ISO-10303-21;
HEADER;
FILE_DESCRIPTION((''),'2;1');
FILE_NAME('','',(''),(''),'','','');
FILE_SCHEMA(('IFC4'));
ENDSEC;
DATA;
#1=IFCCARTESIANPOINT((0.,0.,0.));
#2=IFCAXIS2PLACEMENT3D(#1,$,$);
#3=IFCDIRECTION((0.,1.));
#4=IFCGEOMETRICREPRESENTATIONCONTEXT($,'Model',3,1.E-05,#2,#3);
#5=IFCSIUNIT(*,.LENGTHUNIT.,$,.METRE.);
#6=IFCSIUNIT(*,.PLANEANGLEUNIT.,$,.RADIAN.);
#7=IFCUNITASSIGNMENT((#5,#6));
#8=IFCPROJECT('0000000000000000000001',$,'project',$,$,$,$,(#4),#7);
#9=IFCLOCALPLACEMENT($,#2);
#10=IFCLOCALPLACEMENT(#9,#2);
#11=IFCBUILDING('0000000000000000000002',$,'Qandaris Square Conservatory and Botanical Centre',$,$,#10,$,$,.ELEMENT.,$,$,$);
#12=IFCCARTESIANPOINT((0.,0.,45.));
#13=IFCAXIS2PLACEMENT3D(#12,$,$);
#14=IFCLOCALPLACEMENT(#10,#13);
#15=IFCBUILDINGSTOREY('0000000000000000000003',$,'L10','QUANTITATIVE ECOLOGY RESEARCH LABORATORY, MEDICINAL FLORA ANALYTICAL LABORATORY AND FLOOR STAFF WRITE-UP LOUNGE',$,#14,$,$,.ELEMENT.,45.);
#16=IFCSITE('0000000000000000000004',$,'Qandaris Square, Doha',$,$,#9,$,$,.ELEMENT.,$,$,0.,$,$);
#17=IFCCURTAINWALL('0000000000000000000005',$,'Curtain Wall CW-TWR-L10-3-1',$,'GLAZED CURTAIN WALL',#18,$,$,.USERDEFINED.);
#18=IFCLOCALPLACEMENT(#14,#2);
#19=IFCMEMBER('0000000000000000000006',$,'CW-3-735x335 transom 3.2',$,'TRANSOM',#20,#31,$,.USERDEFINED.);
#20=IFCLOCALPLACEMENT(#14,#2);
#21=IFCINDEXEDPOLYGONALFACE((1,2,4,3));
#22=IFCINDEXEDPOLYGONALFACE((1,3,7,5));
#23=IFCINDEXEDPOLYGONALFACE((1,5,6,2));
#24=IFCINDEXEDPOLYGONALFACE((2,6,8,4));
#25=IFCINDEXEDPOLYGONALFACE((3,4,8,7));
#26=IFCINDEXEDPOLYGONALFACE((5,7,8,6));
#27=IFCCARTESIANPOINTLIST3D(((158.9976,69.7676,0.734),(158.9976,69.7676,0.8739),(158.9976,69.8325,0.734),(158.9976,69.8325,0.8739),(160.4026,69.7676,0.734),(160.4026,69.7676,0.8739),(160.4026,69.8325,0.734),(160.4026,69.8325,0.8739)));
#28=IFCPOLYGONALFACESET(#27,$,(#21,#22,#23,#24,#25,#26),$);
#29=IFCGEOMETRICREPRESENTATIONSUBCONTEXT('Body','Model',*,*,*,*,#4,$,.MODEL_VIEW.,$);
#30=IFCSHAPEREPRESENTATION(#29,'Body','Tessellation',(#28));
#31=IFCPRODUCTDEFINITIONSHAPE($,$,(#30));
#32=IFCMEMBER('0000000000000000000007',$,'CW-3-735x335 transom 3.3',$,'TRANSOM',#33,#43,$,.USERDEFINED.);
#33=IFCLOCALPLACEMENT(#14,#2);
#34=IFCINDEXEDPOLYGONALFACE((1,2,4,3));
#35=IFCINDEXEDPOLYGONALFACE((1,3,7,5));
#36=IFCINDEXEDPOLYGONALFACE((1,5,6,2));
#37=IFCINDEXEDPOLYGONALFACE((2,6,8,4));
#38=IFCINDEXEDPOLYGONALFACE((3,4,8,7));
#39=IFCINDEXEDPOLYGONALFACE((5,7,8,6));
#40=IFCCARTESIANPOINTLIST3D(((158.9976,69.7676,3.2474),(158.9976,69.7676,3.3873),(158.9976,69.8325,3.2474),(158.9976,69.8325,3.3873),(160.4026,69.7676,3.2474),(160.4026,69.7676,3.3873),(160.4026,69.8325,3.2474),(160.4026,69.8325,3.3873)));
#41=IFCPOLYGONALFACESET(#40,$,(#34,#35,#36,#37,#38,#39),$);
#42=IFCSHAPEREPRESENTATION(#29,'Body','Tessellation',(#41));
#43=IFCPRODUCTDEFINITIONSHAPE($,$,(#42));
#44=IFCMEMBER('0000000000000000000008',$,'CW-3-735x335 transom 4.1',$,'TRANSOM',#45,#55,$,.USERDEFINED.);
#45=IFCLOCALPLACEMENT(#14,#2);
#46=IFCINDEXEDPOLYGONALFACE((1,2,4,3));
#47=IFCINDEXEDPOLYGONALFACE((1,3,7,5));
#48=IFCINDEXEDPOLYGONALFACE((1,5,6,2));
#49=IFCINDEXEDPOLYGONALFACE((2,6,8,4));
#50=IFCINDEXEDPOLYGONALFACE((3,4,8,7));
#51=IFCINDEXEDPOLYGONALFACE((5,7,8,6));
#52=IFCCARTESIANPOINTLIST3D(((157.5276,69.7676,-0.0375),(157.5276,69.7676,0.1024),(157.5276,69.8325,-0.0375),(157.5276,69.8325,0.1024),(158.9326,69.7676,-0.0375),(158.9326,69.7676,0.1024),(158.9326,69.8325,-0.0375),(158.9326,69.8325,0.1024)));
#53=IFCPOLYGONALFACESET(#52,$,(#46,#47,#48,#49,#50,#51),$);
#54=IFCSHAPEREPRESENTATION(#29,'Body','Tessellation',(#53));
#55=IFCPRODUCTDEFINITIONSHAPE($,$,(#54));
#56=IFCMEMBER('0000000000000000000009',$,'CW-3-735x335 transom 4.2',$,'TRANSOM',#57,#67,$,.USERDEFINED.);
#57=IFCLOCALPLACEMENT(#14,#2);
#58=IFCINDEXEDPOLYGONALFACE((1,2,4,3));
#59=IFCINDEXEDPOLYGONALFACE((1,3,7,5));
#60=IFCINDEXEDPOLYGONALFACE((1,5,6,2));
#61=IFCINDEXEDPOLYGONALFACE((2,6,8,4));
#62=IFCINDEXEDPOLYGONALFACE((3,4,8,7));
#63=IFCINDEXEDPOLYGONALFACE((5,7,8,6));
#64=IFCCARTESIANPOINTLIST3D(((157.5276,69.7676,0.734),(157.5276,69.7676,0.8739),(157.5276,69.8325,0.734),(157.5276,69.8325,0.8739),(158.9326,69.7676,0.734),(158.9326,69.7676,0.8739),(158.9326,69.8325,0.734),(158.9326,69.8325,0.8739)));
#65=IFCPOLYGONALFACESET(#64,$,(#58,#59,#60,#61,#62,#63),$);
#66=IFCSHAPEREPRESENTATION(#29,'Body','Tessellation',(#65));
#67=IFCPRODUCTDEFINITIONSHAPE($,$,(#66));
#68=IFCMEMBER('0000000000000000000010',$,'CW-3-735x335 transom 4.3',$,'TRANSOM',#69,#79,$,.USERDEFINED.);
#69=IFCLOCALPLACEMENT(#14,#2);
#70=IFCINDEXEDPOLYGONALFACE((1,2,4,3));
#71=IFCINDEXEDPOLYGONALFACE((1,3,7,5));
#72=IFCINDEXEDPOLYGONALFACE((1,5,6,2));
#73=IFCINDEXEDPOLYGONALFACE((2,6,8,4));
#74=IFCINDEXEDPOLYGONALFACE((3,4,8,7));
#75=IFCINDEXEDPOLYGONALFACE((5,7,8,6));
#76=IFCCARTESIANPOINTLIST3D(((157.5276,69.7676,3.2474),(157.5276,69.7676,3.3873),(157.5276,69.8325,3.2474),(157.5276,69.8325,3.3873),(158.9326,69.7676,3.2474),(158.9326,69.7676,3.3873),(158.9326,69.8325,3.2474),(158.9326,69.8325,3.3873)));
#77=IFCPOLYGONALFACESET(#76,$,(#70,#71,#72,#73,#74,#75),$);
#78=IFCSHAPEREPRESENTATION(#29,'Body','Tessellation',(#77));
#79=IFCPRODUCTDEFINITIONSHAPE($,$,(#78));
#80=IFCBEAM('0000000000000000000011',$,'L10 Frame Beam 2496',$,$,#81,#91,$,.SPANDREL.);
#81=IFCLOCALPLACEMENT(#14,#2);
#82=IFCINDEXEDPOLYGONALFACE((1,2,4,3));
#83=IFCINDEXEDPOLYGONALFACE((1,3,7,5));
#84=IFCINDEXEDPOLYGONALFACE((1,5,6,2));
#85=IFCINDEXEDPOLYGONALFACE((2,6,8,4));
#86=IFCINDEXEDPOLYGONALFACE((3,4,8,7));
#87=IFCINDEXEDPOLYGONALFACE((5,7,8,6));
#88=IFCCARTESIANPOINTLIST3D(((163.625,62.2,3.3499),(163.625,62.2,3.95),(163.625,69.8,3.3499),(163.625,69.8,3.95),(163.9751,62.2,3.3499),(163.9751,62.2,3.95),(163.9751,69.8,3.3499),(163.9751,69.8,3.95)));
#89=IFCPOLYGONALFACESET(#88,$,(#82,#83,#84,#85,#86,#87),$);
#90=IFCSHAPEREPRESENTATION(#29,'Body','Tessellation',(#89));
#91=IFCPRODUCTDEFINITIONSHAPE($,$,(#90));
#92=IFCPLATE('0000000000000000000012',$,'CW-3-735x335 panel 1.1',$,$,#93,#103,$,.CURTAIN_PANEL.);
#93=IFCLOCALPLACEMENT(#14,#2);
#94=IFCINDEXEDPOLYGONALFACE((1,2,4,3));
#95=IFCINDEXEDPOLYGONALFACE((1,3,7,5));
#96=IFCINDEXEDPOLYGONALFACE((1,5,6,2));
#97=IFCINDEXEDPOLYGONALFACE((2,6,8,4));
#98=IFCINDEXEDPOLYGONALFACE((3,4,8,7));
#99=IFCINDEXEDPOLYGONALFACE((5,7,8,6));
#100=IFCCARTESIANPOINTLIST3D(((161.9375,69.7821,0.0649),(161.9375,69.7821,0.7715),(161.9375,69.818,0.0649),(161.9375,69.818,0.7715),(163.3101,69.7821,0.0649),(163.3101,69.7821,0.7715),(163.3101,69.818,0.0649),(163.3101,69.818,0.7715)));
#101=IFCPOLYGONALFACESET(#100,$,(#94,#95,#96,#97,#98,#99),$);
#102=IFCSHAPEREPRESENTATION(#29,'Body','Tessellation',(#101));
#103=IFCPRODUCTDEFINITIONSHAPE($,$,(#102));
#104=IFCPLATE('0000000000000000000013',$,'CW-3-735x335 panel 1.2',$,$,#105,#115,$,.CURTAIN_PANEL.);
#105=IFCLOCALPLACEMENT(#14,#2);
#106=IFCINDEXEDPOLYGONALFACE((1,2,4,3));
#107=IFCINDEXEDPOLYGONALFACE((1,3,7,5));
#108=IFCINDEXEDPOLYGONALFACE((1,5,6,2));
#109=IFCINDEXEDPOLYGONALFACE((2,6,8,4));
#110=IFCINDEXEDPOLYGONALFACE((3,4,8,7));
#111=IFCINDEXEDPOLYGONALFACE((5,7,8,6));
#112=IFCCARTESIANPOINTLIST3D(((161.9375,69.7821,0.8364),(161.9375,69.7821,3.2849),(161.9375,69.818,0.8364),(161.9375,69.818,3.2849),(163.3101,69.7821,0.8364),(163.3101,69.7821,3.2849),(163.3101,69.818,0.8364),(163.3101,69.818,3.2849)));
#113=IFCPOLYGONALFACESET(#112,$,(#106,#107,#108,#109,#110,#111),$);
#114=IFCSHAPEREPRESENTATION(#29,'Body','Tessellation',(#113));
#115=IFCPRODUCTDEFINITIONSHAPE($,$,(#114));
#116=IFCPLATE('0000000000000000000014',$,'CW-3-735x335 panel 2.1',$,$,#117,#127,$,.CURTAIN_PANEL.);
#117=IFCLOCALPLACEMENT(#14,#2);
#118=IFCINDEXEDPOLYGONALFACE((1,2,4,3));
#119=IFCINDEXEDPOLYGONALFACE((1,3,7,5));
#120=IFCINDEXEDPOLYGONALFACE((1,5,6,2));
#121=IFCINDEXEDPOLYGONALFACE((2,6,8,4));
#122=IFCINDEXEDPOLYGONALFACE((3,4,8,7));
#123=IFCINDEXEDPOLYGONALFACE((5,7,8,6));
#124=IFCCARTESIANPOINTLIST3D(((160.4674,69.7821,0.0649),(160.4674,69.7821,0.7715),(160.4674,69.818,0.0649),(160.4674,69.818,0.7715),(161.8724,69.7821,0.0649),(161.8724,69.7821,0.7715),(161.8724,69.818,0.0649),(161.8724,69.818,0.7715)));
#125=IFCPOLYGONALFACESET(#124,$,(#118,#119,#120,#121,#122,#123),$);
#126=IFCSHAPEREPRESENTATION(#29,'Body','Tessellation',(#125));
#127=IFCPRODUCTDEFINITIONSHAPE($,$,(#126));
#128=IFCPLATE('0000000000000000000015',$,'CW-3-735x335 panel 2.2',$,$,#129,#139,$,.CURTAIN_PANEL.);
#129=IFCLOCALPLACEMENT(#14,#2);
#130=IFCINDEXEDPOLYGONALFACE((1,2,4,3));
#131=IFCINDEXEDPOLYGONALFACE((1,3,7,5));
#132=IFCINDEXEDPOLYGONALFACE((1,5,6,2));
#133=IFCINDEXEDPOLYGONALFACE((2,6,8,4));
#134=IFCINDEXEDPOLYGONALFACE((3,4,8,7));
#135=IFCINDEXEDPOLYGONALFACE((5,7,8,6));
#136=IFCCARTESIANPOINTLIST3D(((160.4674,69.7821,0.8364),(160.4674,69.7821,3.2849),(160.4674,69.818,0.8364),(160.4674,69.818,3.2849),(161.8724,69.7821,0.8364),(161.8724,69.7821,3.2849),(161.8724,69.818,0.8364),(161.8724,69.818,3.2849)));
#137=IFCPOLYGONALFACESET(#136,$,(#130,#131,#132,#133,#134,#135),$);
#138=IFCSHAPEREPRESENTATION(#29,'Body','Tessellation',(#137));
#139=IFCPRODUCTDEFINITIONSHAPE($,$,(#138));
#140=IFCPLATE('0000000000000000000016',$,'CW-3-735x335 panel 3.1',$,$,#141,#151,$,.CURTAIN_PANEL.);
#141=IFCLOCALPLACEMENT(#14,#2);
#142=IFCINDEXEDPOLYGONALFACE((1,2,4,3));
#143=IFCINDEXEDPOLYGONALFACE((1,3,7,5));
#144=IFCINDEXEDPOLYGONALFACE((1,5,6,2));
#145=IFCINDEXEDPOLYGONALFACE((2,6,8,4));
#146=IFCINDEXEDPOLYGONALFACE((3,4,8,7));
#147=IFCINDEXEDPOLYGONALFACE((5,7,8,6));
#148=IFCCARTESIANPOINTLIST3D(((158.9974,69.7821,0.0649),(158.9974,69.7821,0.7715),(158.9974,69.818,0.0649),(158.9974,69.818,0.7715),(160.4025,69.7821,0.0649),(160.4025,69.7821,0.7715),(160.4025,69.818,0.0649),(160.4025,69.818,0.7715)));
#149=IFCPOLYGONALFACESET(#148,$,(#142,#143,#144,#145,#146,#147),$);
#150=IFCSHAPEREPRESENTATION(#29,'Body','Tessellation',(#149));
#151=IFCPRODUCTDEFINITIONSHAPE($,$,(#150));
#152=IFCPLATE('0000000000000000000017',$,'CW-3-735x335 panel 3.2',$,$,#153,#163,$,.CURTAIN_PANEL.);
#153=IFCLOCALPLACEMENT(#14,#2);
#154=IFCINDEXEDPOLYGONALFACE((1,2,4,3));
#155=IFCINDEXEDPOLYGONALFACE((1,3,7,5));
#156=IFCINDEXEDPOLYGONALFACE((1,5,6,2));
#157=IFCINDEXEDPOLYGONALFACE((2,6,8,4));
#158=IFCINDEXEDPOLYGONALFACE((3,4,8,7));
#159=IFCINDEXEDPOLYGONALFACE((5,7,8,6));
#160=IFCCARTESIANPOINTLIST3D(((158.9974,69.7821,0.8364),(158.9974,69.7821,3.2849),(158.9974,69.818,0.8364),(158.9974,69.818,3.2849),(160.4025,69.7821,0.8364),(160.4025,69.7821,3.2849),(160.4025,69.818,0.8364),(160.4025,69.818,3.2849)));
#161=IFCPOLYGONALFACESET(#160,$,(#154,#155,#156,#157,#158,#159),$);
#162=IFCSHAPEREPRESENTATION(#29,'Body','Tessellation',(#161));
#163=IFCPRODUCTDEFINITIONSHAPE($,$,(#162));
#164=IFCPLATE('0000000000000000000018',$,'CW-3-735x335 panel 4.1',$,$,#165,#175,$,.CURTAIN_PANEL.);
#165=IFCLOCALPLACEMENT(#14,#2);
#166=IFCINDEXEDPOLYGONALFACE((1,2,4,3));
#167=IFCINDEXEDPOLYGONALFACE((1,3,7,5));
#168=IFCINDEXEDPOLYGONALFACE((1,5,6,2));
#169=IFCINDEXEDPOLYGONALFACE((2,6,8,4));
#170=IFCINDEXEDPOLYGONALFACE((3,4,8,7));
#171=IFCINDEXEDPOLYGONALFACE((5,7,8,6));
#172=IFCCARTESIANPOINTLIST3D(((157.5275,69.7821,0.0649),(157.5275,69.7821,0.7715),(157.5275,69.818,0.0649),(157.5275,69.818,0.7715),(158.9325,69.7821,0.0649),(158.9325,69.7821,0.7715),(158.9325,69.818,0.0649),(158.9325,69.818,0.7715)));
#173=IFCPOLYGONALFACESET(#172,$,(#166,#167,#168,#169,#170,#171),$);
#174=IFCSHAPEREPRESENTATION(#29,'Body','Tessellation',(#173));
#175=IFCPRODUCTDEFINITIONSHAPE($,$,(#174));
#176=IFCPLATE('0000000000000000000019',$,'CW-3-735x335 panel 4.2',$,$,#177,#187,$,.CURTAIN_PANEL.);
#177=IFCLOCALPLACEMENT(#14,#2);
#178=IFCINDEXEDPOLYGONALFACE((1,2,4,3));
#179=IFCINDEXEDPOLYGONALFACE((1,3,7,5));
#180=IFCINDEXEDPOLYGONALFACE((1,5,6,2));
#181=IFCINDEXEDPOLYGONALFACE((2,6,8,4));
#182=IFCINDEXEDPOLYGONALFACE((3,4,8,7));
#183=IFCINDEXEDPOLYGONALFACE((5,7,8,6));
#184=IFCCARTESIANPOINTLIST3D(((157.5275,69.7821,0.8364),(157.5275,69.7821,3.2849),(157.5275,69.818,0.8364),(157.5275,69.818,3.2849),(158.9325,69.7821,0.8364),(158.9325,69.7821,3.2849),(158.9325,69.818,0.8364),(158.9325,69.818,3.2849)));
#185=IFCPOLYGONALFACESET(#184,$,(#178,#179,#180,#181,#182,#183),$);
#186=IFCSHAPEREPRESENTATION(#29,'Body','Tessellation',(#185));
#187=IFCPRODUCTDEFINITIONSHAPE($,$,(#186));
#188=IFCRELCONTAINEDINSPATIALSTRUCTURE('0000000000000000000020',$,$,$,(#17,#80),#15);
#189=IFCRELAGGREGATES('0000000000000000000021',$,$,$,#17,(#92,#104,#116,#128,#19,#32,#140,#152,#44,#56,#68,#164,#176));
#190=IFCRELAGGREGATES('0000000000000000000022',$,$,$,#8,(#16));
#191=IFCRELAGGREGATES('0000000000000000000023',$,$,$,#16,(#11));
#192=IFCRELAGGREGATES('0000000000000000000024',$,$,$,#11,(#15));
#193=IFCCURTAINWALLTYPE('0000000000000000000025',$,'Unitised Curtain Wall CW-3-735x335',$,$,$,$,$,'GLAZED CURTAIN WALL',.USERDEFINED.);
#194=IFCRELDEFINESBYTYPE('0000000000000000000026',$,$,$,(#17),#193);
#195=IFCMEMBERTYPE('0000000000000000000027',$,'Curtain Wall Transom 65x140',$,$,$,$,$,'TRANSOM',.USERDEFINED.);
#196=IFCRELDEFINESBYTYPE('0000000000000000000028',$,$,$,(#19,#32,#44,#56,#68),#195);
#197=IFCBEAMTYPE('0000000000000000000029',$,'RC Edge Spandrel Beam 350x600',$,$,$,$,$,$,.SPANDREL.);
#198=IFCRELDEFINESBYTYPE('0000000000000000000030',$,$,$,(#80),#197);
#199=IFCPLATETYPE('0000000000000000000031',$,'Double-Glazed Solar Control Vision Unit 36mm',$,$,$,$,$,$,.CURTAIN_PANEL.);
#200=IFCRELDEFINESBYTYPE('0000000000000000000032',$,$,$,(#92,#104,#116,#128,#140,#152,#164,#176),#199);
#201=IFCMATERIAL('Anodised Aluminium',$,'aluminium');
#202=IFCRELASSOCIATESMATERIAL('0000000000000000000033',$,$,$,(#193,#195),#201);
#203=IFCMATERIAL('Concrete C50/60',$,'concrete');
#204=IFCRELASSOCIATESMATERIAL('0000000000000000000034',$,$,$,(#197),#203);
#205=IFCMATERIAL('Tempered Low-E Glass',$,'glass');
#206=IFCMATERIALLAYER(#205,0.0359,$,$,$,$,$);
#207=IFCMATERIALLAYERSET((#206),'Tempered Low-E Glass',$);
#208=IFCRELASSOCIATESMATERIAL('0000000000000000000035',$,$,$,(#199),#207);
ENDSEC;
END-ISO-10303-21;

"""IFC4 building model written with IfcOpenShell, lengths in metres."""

from ifc_helpers import new_model, si_unit, direction, frame, origin, origin_2d, place, context, subcontext, project, spatial, rectangle, extrude, material, layer, layer_set, material_profile, profile_set, type_object, element, aggregate, save


model = new_model("IFC4")

# Units and contexts
model_context = context("Model", 3, precision=1e-05, world=origin(), true_north=direction((0.0, 1.0)))
body_context = subcontext(model_context, "Body", "Model", "MODEL_VIEW")
ifc_project = project(units=[si_unit("LENGTHUNIT", "METRE"), si_unit("PLANEANGLEUNIT", "RADIAN")], contexts=[model_context])

# Site, building, storey
site_placement = place(None, origin())
site = spatial("IfcSite", under=ifc_project, at=site_placement, Name="Qandaris Square, Doha", CompositionType="ELEMENT", RefElevation=0.0)
building_placement = place(site_placement, origin())
building = spatial("IfcBuilding", under=site, at=building_placement, Name="Qandaris Square Conservatory and Botanical Centre", CompositionType="ELEMENT")
storey_placement = place(building_placement, frame((0.0, 0.0, 45.0)))
storey = spatial("IfcBuildingStorey", under=building, at=storey_placement, Name="L10", Description="QUANTITATIVE ECOLOGY RESEARCH LABORATORY, MEDICINAL FLORA ANALYTICAL LABORATORY AND FLOOR STAFF WRITE-UP LOUNGE", CompositionType="ELEMENT", Elevation=45.0)

# Shared definitions
ifc_material_1 = material(Name="Concrete C50/60", Category="concrete")

# Curtain wall, members
ifc_material_2 = material(Name="Anodised Aluminium", Category="aluminium")
curtain_wall_type = type_object("IfcCurtainWallType", Name="Unitised Curtain Wall CW-3-735x335", ElementType="GLAZED CURTAIN WALL", PredefinedType="USERDEFINED", material=ifc_material_2)
curtain_wall_placement = place(storey_placement, origin())
curtain_wall = element("IfcCurtainWall", 1, at=curtain_wall_placement, inside=storey, type_object=curtain_wall_type, Name="Curtain Wall CW-TWR-L10-3-1", ObjectType="GLAZED CURTAIN WALL", PredefinedType="USERDEFINED")
ifc_material_profile_1 = material_profile(ifc_material_2, rectangle(XDim=0.0649, YDim=0.1399, at=origin_2d()), Name="ALU-TRN 65x140")
ifc_profile_set_1 = profile_set([ifc_material_profile_1], Name="Anodised Aluminium")
member_type_1 = type_object("IfcMemberType", Name="Curtain Wall Transom 65x140", ElementType="TRANSOM", PredefinedType="USERDEFINED", material=ifc_profile_set_1)
member_1_placement = place(storey_placement, frame((160.4026, 69.8, 0.804), z_axis=(-1.0, 0.0, 0.0), x_axis=(0.0, -1.0, 0.0)))
member_1 = element("IfcMember", 2, at=member_1_placement, type_object=member_type_1, Name="CW-3-735x335 transom 3.2", ObjectType="TRANSOM", PredefinedType="USERDEFINED", context=body_context, shape_type="SweptSolid", body=[
    extrude(rectangle(XDim=0.0649, YDim=0.1399, at=origin_2d()), origin(), (0.0, 0.0, 1.0), 1.405),
])
member_2_placement = place(storey_placement, frame((160.4026, 69.8, 3.3174), z_axis=(-1.0, 0.0, 0.0), x_axis=(0.0, -1.0, 0.0)))
member_2 = element("IfcMember", 3, at=member_2_placement, type_object=member_type_1, Name="CW-3-735x335 transom 3.3", ObjectType="TRANSOM", PredefinedType="USERDEFINED", context=body_context, shape_type="SweptSolid", body=[
    extrude(rectangle(XDim=0.0649, YDim=0.1399, at=origin_2d()), origin(), (0.0, 0.0, 1.0), 1.405),
])
member_3_placement = place(storey_placement, frame((158.9326, 69.8, 0.0325), z_axis=(-1.0, 0.0, 0.0), x_axis=(0.0, -1.0, 0.0)))
member_3 = element("IfcMember", 4, at=member_3_placement, type_object=member_type_1, Name="CW-3-735x335 transom 4.1", ObjectType="TRANSOM", PredefinedType="USERDEFINED", context=body_context, shape_type="SweptSolid", body=[
    extrude(rectangle(XDim=0.0649, YDim=0.1399, at=origin_2d()), origin(), (0.0, 0.0, 1.0), 1.405),
])
member_4_placement = place(storey_placement, frame((158.9326, 69.8, 0.804), z_axis=(-1.0, 0.0, 0.0), x_axis=(0.0, -1.0, 0.0)))
member_4 = element("IfcMember", 5, at=member_4_placement, type_object=member_type_1, Name="CW-3-735x335 transom 4.2", ObjectType="TRANSOM", PredefinedType="USERDEFINED", context=body_context, shape_type="SweptSolid", body=[
    extrude(rectangle(XDim=0.0649, YDim=0.1399, at=origin_2d()), origin(), (0.0, 0.0, 1.0), 1.405),
])
member_5_placement = place(storey_placement, frame((158.9326, 69.8, 3.3174), z_axis=(-1.0, 0.0, 0.0), x_axis=(0.0, -1.0, 0.0)))
member_5 = element("IfcMember", 6, at=member_5_placement, type_object=member_type_1, Name="CW-3-735x335 transom 4.3", ObjectType="TRANSOM", PredefinedType="USERDEFINED", context=body_context, shape_type="SweptSolid", body=[
    extrude(rectangle(XDim=0.0649, YDim=0.1399, at=origin_2d()), origin(), (0.0, 0.0, 1.0), 1.405),
])

# Beam
ifc_material_profile_2 = material_profile(ifc_material_1, rectangle(XDim=0.3501, YDim=0.6001, at=origin_2d()), Name="RC-SP 350x600")
ifc_profile_set_2 = profile_set([ifc_material_profile_2], Name="Concrete C50/60")
beam_type = type_object("IfcBeamType", Name="RC Edge Spandrel Beam 350x600", PredefinedType="SPANDREL", material=ifc_profile_set_2)
beam_placement = place(storey_placement, frame((163.8, 62.2, 3.6499), z_axis=(0.0, 1.0, 0.0), x_axis=(-1.0, 0.0, 0.0)))
element("IfcBeam", 7, at=beam_placement, inside=storey, type_object=beam_type, Name="L10 Frame Beam 2496", PredefinedType="SPANDREL", context=body_context, shape_type="SweptSolid", body=[
    extrude(rectangle(XDim=0.3501, YDim=0.6001, at=origin_2d()), origin(), (0.0, 0.0, 1.0), 7.6001),
])

# Plates
ifc_material_3 = material(Name="Tempered Low-E Glass", Category="glass")
ifc_layer_1 = layer(ifc_material_3, 0.0359)
ifc_layer_set_1 = layer_set([ifc_layer_1], Name="Tempered Low-E Glass")
plate_type = type_object("IfcPlateType", Name="Double-Glazed Solar Control Vision Unit 36mm", PredefinedType="CURTAIN_PANEL", material=ifc_layer_set_1)
plate_1_placement = place(storey_placement, frame((162.6238, 69.8, 0.0649), z_axis=(0.0, 0.0, 1.0), x_axis=(-1.0, 0.0, 0.0)))
plate_1 = element("IfcPlate", 8, at=plate_1_placement, type_object=plate_type, Name="CW-3-735x335 panel 1.1", PredefinedType="CURTAIN_PANEL", context=body_context, shape_type="SweptSolid", body=[
    extrude(rectangle(XDim=1.3726, YDim=0.0359, at=origin_2d()), origin(), (0.0, 0.0, 1.0), 0.7065),
])
plate_2_placement = place(storey_placement, frame((162.6238, 69.8, 0.8364), z_axis=(0.0, 0.0, 1.0), x_axis=(-1.0, 0.0, 0.0)))
plate_2 = element("IfcPlate", 9, at=plate_2_placement, type_object=plate_type, Name="CW-3-735x335 panel 1.2", PredefinedType="CURTAIN_PANEL", context=body_context, shape_type="SweptSolid", body=[
    extrude(rectangle(XDim=1.3726, YDim=0.0359, at=origin_2d()), origin(), (0.0, 0.0, 1.0), 2.4485),
])
plate_3_placement = place(storey_placement, frame((161.1699, 69.8, 0.0649), z_axis=(0.0, 0.0, 1.0), x_axis=(-1.0, 0.0, 0.0)))
plate_3 = element("IfcPlate", 10, at=plate_3_placement, type_object=plate_type, Name="CW-3-735x335 panel 2.1", PredefinedType="CURTAIN_PANEL", context=body_context, shape_type="SweptSolid", body=[
    extrude(rectangle(XDim=1.405, YDim=0.0359, at=origin_2d()), origin(), (0.0, 0.0, 1.0), 0.7065),
])
plate_4_placement = place(storey_placement, frame((161.1699, 69.8, 0.8364), z_axis=(0.0, 0.0, 1.0), x_axis=(-1.0, 0.0, 0.0)))
plate_4 = element("IfcPlate", 11, at=plate_4_placement, type_object=plate_type, Name="CW-3-735x335 panel 2.2", PredefinedType="CURTAIN_PANEL", context=body_context, shape_type="SweptSolid", body=[
    extrude(rectangle(XDim=1.405, YDim=0.0359, at=origin_2d()), origin(), (0.0, 0.0, 1.0), 2.4485),
])
plate_5_placement = place(storey_placement, frame((159.7, 69.8, 0.0649), z_axis=(0.0, 0.0, 1.0), x_axis=(-1.0, 0.0, 0.0)))
plate_5 = element("IfcPlate", 12, at=plate_5_placement, type_object=plate_type, Name="CW-3-735x335 panel 3.1", PredefinedType="CURTAIN_PANEL", context=body_context, shape_type="SweptSolid", body=[
    extrude(rectangle(XDim=1.405, YDim=0.0359, at=origin_2d()), origin(), (0.0, 0.0, 1.0), 0.7065),
])
plate_6_placement = place(storey_placement, frame((159.7, 69.8, 0.8364), z_axis=(0.0, 0.0, 1.0), x_axis=(-1.0, 0.0, 0.0)))
plate_6 = element("IfcPlate", 13, at=plate_6_placement, type_object=plate_type, Name="CW-3-735x335 panel 3.2", PredefinedType="CURTAIN_PANEL", context=body_context, shape_type="SweptSolid", body=[
    extrude(rectangle(XDim=1.405, YDim=0.0359, at=origin_2d()), origin(), (0.0, 0.0, 1.0), 2.4485),
])
plate_7_placement = place(storey_placement, frame((158.23, 69.8, 0.0649), z_axis=(0.0, 0.0, 1.0), x_axis=(-1.0, 0.0, 0.0)))
plate_7 = element("IfcPlate", 14, at=plate_7_placement, type_object=plate_type, Name="CW-3-735x335 panel 4.1", PredefinedType="CURTAIN_PANEL", context=body_context, shape_type="SweptSolid", body=[
    extrude(rectangle(XDim=1.405, YDim=0.0359, at=origin_2d()), origin(), (0.0, 0.0, 1.0), 0.7065),
])
plate_8_placement = place(storey_placement, frame((158.23, 69.8, 0.8364), z_axis=(0.0, 0.0, 1.0), x_axis=(-1.0, 0.0, 0.0)))
plate_8 = element("IfcPlate", 15, at=plate_8_placement, type_object=plate_type, Name="CW-3-735x335 panel 4.2", PredefinedType="CURTAIN_PANEL", context=body_context, shape_type="SweptSolid", body=[
    extrude(rectangle(XDim=1.405, YDim=0.0359, at=origin_2d()), origin(), (0.0, 0.0, 1.0), 2.4485),
])
aggregate(curtain_wall, [plate_1, plate_2, plate_3, plate_4, member_1, member_2, plate_5, plate_6, member_3, member_4, member_5, plate_7, plate_8])

save(model, "model.ifc")
